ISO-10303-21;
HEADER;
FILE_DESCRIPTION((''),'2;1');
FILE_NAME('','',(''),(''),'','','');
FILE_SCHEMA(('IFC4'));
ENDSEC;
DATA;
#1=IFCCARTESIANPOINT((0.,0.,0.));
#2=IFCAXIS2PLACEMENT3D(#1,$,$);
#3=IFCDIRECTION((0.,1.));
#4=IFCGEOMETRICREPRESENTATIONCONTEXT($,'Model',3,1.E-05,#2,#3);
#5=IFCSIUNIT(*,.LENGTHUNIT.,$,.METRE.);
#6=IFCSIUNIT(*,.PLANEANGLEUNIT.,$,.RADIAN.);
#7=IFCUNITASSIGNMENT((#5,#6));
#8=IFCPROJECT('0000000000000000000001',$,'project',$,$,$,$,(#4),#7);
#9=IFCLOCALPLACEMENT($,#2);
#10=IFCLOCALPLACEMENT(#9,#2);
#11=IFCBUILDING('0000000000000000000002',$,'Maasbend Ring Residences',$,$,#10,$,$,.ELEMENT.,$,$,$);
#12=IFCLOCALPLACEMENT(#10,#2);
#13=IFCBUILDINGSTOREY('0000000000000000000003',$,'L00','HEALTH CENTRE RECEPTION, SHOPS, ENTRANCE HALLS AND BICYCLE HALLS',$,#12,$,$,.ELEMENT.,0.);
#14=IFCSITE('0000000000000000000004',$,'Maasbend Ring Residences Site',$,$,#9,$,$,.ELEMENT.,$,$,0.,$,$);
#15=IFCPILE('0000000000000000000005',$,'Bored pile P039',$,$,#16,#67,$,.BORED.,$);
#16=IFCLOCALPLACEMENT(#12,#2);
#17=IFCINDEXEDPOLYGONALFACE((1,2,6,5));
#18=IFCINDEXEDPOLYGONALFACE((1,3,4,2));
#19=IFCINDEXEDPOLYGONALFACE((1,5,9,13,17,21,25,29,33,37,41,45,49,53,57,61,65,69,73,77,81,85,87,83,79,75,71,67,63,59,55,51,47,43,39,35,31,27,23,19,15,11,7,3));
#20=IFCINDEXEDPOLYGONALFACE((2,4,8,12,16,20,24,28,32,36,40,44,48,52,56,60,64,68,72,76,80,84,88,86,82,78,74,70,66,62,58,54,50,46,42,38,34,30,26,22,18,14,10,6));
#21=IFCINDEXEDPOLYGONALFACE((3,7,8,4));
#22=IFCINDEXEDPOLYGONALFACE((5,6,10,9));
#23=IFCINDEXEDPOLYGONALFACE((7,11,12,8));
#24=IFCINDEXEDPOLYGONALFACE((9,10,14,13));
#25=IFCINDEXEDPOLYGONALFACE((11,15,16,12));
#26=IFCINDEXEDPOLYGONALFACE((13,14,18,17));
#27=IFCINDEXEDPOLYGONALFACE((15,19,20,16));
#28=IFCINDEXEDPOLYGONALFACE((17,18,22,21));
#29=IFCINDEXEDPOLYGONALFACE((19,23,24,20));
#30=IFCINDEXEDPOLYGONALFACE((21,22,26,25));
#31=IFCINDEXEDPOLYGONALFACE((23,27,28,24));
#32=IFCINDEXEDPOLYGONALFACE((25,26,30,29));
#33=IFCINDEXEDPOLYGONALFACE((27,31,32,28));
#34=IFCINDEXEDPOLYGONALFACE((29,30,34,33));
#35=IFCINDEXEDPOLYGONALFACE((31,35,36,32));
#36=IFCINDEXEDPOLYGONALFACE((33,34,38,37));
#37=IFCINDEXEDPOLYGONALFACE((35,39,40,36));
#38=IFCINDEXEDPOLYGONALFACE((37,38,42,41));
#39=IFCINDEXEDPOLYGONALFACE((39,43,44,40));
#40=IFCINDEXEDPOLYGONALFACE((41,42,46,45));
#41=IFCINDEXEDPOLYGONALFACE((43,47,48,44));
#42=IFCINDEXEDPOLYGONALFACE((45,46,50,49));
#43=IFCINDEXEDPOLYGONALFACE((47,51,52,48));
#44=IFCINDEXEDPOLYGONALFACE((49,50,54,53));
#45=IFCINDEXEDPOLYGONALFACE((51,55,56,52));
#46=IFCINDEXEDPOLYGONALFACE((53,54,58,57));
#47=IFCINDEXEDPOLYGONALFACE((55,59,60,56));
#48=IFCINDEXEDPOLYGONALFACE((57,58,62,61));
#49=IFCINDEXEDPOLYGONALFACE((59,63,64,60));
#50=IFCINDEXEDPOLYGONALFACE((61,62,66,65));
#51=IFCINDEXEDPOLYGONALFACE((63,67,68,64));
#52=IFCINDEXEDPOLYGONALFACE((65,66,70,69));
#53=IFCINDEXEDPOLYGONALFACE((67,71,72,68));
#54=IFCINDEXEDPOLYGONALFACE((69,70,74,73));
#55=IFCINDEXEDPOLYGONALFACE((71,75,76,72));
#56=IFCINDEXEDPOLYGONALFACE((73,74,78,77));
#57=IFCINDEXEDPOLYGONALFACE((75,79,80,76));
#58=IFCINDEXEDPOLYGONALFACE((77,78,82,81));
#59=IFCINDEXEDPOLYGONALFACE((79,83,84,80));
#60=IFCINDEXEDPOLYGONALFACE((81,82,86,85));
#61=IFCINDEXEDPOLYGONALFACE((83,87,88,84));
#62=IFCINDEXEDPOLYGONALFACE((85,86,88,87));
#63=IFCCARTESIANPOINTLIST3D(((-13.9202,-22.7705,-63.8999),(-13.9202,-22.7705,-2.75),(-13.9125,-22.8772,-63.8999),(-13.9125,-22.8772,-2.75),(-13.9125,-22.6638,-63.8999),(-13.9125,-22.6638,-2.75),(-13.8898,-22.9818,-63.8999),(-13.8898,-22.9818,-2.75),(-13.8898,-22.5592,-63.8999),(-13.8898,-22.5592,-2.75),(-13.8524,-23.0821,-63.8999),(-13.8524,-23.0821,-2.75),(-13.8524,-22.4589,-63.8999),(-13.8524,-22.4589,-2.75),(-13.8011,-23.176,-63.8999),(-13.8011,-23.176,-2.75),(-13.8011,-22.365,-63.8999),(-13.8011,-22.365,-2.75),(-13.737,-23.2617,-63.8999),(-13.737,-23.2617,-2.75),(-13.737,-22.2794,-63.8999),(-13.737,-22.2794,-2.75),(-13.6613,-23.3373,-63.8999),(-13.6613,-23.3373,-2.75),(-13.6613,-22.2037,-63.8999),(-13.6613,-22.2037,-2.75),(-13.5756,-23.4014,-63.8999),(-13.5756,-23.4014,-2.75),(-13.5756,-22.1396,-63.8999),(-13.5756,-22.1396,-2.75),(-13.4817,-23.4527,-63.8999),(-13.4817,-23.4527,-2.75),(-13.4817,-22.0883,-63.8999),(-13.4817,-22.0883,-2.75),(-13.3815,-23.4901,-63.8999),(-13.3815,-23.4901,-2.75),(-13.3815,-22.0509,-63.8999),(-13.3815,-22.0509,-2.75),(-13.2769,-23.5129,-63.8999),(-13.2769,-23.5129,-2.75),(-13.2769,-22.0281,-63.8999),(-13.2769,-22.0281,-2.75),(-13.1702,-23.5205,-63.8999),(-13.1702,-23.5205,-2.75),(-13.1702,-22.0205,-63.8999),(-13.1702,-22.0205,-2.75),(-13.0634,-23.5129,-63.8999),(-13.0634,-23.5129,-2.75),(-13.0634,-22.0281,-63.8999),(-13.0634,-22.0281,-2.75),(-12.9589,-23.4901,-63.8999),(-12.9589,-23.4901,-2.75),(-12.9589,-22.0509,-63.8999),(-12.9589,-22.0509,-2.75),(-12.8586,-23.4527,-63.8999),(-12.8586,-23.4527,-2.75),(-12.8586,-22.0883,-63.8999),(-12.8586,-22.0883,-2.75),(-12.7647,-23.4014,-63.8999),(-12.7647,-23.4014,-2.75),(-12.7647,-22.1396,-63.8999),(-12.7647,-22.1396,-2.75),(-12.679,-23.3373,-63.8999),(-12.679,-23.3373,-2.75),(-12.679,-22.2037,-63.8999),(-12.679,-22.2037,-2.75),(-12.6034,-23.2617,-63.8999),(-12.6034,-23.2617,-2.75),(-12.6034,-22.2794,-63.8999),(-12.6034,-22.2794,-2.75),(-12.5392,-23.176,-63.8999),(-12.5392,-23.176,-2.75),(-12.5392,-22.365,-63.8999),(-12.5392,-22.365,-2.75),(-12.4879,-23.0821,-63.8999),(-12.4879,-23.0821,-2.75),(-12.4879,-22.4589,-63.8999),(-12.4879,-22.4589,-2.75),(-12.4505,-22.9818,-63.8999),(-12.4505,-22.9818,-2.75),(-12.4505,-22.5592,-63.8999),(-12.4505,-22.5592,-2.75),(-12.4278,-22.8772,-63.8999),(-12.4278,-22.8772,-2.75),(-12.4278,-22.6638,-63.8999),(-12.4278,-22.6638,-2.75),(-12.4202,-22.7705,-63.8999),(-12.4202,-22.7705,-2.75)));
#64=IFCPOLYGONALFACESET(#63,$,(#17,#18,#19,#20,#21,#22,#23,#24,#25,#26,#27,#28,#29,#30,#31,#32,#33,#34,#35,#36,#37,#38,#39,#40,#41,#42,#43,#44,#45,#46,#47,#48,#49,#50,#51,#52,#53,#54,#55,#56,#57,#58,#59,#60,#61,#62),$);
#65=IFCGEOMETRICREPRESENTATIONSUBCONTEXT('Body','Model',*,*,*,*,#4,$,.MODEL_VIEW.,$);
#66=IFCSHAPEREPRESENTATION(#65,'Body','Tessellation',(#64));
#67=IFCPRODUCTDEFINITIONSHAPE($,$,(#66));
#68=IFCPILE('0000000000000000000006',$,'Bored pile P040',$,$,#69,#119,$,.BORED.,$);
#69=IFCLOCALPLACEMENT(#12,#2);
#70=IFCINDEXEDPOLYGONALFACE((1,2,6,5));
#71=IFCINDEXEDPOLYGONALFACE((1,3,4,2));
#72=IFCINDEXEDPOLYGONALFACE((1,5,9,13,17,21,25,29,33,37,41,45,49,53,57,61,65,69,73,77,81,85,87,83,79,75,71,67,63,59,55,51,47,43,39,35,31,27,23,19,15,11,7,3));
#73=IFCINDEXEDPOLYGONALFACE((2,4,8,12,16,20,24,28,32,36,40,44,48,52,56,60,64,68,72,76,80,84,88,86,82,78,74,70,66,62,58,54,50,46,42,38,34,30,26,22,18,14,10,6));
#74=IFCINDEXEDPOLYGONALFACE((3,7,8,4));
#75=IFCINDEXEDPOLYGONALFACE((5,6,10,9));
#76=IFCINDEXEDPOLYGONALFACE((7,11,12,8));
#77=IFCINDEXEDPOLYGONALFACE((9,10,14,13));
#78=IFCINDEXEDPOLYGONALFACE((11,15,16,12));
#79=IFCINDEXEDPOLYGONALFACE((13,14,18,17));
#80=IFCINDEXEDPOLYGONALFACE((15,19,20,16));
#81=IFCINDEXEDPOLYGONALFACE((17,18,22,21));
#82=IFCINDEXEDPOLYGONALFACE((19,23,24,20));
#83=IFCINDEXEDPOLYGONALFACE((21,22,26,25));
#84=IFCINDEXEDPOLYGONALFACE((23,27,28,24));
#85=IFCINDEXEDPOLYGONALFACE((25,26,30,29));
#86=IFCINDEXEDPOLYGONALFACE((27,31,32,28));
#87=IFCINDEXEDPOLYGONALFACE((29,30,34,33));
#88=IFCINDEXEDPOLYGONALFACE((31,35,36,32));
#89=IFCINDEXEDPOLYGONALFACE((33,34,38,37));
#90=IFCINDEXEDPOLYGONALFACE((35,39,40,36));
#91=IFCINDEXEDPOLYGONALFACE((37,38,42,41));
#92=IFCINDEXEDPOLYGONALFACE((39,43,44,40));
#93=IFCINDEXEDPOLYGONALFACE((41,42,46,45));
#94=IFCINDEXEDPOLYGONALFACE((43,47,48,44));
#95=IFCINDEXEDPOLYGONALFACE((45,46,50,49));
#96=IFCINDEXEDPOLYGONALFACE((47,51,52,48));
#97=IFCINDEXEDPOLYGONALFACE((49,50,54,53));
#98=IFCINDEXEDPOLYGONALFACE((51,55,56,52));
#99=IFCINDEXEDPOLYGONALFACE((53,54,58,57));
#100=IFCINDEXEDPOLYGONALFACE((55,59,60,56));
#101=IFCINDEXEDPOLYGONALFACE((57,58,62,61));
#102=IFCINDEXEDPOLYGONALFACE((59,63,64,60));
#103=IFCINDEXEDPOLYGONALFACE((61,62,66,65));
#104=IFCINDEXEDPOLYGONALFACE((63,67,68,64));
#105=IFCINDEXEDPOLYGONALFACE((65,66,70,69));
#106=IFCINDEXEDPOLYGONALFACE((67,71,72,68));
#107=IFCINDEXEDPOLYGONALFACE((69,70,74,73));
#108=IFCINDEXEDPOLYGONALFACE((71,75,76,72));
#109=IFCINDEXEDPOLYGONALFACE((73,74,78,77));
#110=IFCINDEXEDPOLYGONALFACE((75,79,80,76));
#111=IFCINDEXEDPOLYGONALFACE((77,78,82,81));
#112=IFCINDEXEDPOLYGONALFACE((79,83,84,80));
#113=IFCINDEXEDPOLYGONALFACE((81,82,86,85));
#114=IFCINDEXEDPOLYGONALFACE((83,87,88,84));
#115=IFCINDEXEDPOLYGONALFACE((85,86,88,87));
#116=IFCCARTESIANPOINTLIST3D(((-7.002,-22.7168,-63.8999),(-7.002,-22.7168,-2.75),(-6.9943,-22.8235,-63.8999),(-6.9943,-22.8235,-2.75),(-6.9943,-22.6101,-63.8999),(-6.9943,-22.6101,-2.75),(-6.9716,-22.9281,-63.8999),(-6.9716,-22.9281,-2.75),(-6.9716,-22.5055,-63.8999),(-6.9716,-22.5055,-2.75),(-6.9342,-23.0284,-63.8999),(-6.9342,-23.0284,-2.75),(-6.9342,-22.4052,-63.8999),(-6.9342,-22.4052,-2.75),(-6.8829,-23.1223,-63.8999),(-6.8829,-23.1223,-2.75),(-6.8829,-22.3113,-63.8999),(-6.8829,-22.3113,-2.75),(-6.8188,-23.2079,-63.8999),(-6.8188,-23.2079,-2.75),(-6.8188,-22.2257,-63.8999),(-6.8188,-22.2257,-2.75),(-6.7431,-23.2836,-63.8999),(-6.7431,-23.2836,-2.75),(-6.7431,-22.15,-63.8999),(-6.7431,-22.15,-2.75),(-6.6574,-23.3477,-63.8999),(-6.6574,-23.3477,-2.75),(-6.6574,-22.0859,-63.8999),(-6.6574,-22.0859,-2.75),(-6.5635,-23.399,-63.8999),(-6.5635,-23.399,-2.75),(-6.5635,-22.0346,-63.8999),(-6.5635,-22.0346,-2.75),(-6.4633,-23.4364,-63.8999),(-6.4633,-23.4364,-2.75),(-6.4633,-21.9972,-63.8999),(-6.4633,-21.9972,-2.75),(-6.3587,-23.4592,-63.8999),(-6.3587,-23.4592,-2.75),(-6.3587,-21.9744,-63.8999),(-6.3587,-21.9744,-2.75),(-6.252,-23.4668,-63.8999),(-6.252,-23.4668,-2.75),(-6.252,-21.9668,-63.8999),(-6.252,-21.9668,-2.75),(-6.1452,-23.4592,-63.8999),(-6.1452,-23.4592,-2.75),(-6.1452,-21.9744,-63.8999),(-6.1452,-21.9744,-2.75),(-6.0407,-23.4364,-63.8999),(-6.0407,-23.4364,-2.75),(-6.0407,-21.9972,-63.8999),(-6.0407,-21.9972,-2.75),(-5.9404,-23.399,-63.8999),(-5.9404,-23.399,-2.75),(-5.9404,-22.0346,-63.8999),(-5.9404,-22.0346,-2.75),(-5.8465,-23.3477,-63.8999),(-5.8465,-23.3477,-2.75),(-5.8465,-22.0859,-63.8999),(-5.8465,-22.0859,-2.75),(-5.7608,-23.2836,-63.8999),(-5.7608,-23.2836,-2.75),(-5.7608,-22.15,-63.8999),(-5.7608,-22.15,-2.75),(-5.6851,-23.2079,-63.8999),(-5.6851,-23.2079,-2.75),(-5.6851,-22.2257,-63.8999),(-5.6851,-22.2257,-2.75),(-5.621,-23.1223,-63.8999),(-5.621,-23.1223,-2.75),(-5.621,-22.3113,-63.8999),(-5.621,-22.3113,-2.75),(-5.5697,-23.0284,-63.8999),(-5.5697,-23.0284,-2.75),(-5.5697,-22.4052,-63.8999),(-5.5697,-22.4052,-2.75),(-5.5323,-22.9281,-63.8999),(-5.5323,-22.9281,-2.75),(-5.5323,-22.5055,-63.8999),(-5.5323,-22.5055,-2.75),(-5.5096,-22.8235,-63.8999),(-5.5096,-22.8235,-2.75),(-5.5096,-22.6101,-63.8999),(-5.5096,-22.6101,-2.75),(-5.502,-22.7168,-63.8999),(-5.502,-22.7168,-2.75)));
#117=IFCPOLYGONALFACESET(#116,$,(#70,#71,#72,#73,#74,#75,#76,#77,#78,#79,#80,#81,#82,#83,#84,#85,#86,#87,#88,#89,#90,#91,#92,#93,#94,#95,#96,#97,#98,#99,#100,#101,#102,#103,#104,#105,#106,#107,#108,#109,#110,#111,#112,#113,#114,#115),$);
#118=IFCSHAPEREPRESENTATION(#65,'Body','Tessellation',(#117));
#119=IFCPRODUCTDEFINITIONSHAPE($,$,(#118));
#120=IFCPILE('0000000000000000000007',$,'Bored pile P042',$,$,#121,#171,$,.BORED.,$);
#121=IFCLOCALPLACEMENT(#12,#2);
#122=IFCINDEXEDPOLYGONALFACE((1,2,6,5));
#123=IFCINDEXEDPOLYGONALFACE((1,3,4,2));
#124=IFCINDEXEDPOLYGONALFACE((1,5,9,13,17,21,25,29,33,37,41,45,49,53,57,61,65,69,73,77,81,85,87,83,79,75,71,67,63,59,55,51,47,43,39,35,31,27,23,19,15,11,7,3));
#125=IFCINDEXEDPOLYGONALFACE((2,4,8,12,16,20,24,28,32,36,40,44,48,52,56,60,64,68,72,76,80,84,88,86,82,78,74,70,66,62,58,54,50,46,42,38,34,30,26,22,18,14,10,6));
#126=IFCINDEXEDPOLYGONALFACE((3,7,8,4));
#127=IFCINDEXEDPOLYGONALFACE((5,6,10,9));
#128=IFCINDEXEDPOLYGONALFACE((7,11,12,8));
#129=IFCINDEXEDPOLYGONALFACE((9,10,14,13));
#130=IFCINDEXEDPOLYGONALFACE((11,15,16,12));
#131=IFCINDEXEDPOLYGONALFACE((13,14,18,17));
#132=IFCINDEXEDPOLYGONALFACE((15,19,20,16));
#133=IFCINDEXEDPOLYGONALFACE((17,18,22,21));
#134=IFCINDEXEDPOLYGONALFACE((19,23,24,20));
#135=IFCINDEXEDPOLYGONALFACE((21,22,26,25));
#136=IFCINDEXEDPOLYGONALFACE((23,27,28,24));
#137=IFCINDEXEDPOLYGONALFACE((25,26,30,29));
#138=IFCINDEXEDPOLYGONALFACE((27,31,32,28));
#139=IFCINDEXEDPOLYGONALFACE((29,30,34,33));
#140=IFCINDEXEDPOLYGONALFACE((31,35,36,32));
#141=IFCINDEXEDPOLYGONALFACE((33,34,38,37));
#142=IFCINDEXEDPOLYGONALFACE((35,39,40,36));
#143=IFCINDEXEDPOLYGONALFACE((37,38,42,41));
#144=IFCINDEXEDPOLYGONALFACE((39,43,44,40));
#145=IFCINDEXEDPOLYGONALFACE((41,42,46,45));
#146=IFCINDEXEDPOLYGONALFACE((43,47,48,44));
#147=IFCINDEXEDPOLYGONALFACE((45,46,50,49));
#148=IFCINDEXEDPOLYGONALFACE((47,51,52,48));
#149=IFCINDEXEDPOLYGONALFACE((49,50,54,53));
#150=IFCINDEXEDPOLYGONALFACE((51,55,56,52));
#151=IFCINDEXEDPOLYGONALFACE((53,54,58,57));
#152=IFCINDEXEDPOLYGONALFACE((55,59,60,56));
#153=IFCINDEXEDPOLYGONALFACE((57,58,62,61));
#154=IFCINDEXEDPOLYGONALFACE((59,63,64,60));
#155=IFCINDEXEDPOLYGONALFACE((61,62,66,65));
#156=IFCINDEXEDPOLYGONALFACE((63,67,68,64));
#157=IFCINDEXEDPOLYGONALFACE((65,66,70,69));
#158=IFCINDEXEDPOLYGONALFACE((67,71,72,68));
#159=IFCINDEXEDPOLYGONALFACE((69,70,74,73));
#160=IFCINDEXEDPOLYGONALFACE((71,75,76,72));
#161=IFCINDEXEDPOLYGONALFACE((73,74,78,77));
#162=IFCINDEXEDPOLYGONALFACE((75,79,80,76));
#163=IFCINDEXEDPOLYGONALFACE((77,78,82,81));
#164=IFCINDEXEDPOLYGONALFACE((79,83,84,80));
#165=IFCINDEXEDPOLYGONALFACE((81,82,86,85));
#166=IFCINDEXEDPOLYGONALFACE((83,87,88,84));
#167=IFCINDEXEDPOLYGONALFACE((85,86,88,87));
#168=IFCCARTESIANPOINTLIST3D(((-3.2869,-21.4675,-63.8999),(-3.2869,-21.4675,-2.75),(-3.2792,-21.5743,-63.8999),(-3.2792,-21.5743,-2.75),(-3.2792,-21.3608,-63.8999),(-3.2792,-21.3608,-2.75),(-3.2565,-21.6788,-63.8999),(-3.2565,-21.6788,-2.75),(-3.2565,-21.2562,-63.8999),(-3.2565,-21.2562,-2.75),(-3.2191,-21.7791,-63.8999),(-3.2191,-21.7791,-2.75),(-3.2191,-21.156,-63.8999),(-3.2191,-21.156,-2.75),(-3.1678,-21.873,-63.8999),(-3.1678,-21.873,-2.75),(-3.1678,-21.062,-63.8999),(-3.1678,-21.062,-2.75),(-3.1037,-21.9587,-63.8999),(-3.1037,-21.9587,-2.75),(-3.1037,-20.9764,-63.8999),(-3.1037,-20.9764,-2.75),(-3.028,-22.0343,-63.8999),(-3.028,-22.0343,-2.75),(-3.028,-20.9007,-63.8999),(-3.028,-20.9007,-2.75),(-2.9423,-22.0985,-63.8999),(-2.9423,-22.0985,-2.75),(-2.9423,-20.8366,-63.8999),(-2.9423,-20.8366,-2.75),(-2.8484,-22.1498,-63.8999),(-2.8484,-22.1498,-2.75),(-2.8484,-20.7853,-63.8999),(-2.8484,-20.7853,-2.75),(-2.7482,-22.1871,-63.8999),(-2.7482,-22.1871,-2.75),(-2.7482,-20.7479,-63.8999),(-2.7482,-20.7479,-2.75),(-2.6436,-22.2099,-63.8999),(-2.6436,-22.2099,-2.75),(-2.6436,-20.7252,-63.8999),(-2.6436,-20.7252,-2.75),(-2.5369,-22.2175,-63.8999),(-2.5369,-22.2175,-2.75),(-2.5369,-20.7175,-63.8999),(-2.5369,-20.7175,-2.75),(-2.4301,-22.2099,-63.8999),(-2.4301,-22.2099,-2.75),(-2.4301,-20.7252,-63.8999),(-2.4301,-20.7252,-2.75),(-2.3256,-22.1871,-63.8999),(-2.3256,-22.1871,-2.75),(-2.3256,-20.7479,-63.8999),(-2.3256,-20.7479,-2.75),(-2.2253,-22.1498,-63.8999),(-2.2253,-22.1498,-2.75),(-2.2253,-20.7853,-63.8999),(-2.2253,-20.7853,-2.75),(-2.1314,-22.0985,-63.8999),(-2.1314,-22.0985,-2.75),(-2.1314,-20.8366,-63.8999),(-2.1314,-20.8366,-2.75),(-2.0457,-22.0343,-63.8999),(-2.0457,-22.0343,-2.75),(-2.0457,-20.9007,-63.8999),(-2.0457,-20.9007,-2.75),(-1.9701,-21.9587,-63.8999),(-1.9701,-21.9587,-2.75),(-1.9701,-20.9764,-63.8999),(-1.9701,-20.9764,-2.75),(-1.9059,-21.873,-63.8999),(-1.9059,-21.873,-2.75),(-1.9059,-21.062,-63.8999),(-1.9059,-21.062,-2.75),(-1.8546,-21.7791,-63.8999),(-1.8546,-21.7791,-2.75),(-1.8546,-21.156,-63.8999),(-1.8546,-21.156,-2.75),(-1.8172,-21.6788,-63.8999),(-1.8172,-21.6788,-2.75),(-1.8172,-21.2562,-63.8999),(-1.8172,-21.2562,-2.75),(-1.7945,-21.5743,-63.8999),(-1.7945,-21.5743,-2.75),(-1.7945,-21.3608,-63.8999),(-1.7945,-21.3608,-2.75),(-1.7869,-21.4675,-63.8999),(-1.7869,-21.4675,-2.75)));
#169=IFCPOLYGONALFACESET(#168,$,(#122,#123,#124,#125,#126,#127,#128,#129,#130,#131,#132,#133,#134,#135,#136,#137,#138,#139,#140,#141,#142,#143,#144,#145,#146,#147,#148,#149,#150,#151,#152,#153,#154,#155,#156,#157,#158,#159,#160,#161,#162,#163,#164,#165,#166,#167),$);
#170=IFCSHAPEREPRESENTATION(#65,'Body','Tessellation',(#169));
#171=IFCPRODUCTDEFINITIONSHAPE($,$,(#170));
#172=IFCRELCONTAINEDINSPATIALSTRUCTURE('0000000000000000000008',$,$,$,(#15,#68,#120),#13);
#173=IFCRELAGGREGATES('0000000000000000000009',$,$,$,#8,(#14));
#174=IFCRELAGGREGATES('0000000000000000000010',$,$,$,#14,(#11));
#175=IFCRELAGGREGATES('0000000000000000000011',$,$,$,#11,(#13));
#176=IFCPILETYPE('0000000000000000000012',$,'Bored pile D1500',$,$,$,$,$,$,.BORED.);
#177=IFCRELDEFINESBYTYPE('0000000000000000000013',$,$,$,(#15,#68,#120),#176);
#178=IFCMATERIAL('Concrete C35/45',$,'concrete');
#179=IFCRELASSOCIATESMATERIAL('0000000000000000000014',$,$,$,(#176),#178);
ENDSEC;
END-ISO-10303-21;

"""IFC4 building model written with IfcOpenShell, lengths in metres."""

from ifc_helpers import new_model, si_unit, direction, frame, origin, origin_2d, place, context, subcontext, project, spatial, circle, extrude, material, material_profile, profile_set, type_object, element, save


model = new_model("IFC4")

# Units and contexts
model_context = context("Model", 3, precision=1e-05, world=origin(), true_north=direction((0.0, 1.0)))
body_context = subcontext(model_context, "Body", "Model", "MODEL_VIEW")
ifc_project = project(units=[si_unit("LENGTHUNIT", "METRE"), si_unit("PLANEANGLEUNIT", "RADIAN")], contexts=[model_context])

# Site, building, storey
site_placement = place(None, origin())
site = spatial("IfcSite", under=ifc_project, at=site_placement, Name="Maasbend Ring Residences Site", CompositionType="ELEMENT", RefElevation=0.0)
building_placement = place(site_placement, origin())
building = spatial("IfcBuilding", under=site, at=building_placement, Name="Maasbend Ring Residences", CompositionType="ELEMENT")
storey_placement = place(building_placement, origin())
storey = spatial("IfcBuildingStorey", under=building, at=storey_placement, Name="L00", Description="HEALTH CENTRE RECEPTION, SHOPS, ENTRANCE HALLS AND BICYCLE HALLS", CompositionType="ELEMENT", Elevation=0.0)

# Piles
ifc_material_1 = material(Name="Concrete C35/45", Category="concrete")
ifc_material_profile_1 = material_profile(ifc_material_1, circle(Radius=0.75, at=origin_2d()), Name="Bored pile D1500")
ifc_profile_set_1 = profile_set([ifc_material_profile_1], Name="Concrete C35/45")
pile_type = type_object("IfcPileType", Name="Bored pile D1500", PredefinedType="BORED", material=ifc_profile_set_1)
for number, where, z_axis, x_axis, name in (
    (1, (-13.1702, -22.7705, -2.75), (0.0, 0.0, -1.0), (1.0, 0.0, 0.0), "Bored pile P039"),
    (2, (-6.252, -22.7168, -2.75), (0.0, 0.0, -1.0), (1.0, 0.0, 0.0), "Bored pile P040"),
    (3, (-2.5369, -21.4675, -2.75), (0.0, 0.0, -1.0), (1.0, 0.0, 0.0), "Bored pile P042"),
):
    element("IfcPile", number, at=place(storey_placement, frame(where, z_axis=z_axis, x_axis=x_axis)), inside=storey, type_object=pile_type, Name=name, PredefinedType="BORED", context=body_context, shape_type="SweptSolid", body=[
        extrude(circle(Radius=0.75, at=origin_2d()), origin(), (0.0, 0.0, 1.0), 61.1499),
    ])

save(model, "model.ifc")
